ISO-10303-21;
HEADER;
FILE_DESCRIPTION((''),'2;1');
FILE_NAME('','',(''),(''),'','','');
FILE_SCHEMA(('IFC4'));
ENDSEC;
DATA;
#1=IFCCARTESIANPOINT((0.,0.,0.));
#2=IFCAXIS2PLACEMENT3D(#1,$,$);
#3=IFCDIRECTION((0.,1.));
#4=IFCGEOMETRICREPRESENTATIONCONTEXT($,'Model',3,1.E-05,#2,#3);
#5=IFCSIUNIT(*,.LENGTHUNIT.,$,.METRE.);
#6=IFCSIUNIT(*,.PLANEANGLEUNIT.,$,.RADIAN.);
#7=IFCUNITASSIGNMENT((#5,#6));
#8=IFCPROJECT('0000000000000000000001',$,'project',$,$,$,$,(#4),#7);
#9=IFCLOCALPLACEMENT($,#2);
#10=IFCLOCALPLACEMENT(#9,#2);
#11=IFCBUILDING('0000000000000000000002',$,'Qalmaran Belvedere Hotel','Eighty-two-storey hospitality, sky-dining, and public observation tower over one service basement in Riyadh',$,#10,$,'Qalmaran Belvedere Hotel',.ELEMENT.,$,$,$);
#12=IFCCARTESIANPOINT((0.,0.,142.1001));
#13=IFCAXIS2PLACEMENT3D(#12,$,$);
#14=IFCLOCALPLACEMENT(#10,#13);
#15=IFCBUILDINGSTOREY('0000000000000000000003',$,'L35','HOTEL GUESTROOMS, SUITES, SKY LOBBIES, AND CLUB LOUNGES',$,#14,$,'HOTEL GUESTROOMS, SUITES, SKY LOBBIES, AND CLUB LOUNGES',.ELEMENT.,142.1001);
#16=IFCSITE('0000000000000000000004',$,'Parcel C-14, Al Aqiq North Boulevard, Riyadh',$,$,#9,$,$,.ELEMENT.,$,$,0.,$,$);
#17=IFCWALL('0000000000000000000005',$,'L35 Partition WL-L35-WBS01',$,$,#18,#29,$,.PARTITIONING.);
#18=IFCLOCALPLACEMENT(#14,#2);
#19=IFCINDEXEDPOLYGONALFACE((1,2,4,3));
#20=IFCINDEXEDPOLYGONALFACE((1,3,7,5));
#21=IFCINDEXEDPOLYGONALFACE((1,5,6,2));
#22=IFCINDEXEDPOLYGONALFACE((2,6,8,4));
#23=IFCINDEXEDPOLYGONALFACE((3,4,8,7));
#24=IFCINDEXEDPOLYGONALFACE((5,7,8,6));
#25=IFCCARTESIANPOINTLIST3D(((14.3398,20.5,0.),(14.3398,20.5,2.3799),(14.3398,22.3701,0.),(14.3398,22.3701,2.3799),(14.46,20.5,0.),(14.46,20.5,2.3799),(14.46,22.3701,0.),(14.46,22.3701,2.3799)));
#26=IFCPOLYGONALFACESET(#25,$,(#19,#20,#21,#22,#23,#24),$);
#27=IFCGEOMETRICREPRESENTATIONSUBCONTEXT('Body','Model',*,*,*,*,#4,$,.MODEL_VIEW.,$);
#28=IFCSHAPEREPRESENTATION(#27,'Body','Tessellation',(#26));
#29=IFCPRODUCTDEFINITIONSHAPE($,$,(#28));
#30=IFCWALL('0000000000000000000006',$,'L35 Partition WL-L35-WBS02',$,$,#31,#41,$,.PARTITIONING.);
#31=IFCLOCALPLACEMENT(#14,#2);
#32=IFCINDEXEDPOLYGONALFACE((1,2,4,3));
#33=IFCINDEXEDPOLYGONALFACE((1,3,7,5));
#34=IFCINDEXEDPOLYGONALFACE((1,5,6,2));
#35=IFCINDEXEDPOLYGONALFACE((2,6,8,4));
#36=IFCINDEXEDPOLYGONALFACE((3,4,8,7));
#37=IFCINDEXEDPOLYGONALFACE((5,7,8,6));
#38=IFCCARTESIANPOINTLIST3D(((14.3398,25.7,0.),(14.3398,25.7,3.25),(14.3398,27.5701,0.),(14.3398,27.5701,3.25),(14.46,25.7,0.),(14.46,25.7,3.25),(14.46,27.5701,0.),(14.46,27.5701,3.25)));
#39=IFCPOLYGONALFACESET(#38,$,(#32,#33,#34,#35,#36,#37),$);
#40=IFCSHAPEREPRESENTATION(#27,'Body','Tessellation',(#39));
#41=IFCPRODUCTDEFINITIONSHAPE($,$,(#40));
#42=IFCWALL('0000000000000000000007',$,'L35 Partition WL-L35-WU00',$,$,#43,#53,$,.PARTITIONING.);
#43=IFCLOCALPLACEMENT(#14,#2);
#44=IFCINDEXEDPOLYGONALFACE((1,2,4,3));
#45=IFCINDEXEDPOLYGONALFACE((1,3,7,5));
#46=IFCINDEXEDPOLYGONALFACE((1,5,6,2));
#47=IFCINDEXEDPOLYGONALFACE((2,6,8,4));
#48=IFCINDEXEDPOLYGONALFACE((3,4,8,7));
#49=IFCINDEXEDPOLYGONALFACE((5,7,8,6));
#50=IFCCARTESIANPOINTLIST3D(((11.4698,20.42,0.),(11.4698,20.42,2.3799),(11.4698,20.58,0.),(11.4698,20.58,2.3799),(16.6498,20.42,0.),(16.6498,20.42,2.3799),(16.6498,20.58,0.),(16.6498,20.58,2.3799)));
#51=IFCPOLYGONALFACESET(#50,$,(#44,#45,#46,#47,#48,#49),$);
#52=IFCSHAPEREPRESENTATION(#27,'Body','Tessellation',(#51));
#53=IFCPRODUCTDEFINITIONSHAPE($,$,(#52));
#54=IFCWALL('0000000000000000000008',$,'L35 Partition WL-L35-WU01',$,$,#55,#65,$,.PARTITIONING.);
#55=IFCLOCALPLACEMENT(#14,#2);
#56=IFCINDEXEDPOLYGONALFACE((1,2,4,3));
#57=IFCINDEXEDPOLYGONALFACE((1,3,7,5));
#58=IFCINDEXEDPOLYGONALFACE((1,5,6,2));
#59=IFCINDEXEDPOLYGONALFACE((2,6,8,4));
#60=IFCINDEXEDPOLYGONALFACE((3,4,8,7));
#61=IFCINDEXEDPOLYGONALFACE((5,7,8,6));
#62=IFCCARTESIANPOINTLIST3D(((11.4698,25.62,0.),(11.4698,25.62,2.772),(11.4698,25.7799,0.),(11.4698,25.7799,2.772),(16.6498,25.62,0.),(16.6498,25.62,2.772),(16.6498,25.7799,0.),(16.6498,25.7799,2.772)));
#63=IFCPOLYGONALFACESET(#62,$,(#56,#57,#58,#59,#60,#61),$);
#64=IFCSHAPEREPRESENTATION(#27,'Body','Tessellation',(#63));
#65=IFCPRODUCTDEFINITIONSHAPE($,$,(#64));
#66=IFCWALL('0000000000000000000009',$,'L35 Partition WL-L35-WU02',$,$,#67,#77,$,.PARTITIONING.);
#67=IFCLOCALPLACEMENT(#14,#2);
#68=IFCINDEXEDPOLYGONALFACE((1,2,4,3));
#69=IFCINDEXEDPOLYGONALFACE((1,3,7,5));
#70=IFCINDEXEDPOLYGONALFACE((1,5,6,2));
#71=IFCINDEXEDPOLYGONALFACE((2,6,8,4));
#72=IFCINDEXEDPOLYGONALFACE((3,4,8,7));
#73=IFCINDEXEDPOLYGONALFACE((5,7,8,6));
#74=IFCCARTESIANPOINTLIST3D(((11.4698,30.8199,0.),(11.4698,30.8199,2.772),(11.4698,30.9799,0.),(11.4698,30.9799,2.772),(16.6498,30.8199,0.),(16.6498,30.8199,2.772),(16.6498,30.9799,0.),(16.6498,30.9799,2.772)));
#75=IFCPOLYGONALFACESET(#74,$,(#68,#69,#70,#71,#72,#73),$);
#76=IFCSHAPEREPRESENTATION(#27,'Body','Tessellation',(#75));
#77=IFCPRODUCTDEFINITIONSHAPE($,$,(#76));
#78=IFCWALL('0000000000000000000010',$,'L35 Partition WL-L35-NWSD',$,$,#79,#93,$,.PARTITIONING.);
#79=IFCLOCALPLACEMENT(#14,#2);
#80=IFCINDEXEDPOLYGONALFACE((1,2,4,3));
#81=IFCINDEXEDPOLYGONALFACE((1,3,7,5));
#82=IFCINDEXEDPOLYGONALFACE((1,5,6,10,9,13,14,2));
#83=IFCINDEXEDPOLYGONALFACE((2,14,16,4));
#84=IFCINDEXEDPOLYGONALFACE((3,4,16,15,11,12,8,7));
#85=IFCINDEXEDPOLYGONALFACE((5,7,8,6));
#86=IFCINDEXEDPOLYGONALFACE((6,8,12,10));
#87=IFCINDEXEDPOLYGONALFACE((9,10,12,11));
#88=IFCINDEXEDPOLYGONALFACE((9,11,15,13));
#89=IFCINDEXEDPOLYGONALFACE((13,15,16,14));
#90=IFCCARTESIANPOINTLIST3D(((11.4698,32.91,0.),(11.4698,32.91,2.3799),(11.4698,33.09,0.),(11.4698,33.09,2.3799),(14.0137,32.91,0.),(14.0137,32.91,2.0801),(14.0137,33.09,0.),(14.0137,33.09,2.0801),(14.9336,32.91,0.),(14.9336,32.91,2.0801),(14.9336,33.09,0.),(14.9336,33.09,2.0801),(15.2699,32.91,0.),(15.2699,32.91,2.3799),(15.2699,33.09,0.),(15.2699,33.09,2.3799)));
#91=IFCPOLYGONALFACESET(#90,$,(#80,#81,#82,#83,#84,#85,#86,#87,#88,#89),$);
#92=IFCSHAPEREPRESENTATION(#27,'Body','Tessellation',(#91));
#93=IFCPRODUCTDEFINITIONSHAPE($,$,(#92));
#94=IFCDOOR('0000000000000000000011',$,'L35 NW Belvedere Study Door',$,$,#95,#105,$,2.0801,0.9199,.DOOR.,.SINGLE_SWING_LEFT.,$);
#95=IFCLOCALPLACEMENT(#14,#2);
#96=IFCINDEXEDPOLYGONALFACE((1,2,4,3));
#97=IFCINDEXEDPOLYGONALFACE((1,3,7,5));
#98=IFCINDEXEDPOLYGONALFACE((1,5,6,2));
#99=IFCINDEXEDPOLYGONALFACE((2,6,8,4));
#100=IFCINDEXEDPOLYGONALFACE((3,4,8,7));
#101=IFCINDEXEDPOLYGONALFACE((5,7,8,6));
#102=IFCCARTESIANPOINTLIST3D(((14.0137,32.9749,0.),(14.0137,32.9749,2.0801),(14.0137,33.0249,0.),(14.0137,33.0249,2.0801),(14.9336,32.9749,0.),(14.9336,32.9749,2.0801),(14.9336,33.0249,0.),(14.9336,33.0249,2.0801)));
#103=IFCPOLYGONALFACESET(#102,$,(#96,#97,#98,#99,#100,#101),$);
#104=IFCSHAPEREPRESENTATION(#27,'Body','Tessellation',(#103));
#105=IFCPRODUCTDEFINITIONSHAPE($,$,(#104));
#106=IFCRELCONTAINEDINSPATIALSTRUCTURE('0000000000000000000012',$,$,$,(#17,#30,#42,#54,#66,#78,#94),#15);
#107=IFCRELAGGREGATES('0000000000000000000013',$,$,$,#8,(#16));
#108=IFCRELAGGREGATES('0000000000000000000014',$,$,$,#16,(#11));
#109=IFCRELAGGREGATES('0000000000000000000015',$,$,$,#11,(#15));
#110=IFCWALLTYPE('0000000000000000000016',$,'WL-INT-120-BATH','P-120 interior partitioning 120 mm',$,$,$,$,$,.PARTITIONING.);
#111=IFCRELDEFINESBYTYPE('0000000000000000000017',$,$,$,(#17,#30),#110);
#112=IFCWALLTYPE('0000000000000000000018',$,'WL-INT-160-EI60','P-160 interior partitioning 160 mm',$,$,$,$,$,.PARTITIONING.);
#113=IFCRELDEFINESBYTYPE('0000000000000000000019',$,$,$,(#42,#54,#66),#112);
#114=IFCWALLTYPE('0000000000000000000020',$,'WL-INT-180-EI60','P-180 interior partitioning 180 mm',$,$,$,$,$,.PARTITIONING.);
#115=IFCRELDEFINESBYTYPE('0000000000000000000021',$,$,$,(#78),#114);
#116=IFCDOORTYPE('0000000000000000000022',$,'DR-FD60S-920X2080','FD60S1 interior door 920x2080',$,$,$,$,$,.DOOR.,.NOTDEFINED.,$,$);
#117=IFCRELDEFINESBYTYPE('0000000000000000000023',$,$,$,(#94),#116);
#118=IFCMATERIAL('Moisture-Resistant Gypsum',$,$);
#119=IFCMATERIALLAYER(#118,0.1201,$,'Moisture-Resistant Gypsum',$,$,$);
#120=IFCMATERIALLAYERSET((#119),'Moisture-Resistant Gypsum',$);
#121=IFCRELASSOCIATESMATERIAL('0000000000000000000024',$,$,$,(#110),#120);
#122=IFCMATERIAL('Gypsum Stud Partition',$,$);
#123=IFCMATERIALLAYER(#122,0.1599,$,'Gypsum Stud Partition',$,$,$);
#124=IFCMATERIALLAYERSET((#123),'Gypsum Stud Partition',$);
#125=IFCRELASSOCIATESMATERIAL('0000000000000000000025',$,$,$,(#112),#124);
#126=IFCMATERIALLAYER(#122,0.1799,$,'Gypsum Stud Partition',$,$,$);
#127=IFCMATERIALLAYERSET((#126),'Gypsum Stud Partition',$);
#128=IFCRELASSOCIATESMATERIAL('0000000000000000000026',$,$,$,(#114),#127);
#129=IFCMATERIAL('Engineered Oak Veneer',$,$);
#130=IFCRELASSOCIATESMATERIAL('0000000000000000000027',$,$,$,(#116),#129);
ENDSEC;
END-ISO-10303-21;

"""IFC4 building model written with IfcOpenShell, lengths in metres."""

from ifc_helpers import new_model, si_unit, direction, frame, frame_2d, origin, place, context, subcontext, project, spatial, rectangle, extrude, material, layer, layer_set, type_object, element, fill, save


model = new_model("IFC4")

# Units and contexts
model_context = context("Model", 3, precision=1e-05, world=origin(), true_north=direction((0.0, 1.0)))
body_context = subcontext(model_context, "Body", "Model", "MODEL_VIEW")
ifc_project = project(units=[si_unit("LENGTHUNIT", "METRE"), si_unit("PLANEANGLEUNIT", "RADIAN")], contexts=[model_context])

# Site, building, storey
site_placement = place(None, origin())
site = spatial("IfcSite", under=ifc_project, at=site_placement, Name="Parcel C-14, Al Aqiq North Boulevard, Riyadh", CompositionType="ELEMENT", RefElevation=0.0)
building_placement = place(site_placement, origin())
building = spatial("IfcBuilding", under=site, at=building_placement, Name="Qalmaran Belvedere Hotel", Description="Eighty-two-storey hospitality, sky-dining, and public observation tower over one service basement in Riyadh", LongName="Qalmaran Belvedere Hotel", CompositionType="ELEMENT")
storey_placement = place(building_placement, frame((0.0, 0.0, 142.1001)))
storey = spatial("IfcBuildingStorey", under=building, at=storey_placement, Name="L35", Description="HOTEL GUESTROOMS, SUITES, SKY LOBBIES, AND CLUB LOUNGES", LongName="HOTEL GUESTROOMS, SUITES, SKY LOBBIES, AND CLUB LOUNGES", CompositionType="ELEMENT", Elevation=142.1001)

# Shared definitions
ifc_material_1 = material(Name="Moisture-Resistant Gypsum")
ifc_layer_1 = layer(ifc_material_1, 0.1201, Name="Moisture-Resistant Gypsum")
ifc_layer_set_1 = layer_set([ifc_layer_1], Name="Moisture-Resistant Gypsum")
wall_type_1 = type_object("IfcWallType", Name="WL-INT-120-BATH", Description="P-120 interior partitioning 120 mm", PredefinedType="PARTITIONING", material=ifc_layer_set_1)
ifc_material_2 = material(Name="Engineered Oak Veneer")

# Walls
wall_1_placement = place(storey_placement, frame((14.3999, 20.5, 0.0), z_axis=(0.0, 0.0, 1.0), x_axis=(0.0, 1.0, 0.0)))
element("IfcWall", 1, at=wall_1_placement, inside=storey, type_object=wall_type_1, Name="L35 Partition WL-L35-WBS01", PredefinedType="PARTITIONING", context=body_context, shape_type="SweptSolid", body=[
    extrude(rectangle(XDim=1.8701, YDim=0.1201, at=frame_2d((0.9351, 0.0))), origin(), (0.0, 0.0, 1.0), 2.3799),
])
wall_2_placement = place(storey_placement, frame((14.3999, 25.7, 0.0), z_axis=(0.0, 0.0, 1.0), x_axis=(0.0, 1.0, 0.0)))
element("IfcWall", 2, at=wall_2_placement, inside=storey, type_object=wall_type_1, Name="L35 Partition WL-L35-WBS02", PredefinedType="PARTITIONING", context=body_context, shape_type="SweptSolid", body=[
    extrude(rectangle(XDim=1.8701, YDim=0.1201, at=frame_2d((0.9351, 0.0))), origin(), (0.0, 0.0, 1.0), 3.25),
])
ifc_material_3 = material(Name="Gypsum Stud Partition")
ifc_layer_2 = layer(ifc_material_3, 0.1599, Name="Gypsum Stud Partition")
ifc_layer_set_2 = layer_set([ifc_layer_2], Name="Gypsum Stud Partition")
wall_type_2 = type_object("IfcWallType", Name="WL-INT-160-EI60", Description="P-160 interior partitioning 160 mm", PredefinedType="PARTITIONING", material=ifc_layer_set_2)
wall_3_placement = place(storey_placement, frame((11.47, 20.5, 0.0), z_axis=(0.0, 0.0, 1.0), x_axis=(1.0, 0.0, 0.0)))
element("IfcWall", 3, at=wall_3_placement, inside=storey, type_object=wall_type_2, Name="L35 Partition WL-L35-WU00", PredefinedType="PARTITIONING", context=body_context, shape_type="SweptSolid", body=[
    extrude(rectangle(XDim=5.1799, YDim=0.1599, at=frame_2d((2.5898, 0.0))), origin(), (0.0, 0.0, 1.0), 2.3799),
])
for number, where, z_axis, x_axis, name in (
    (4, (11.47, 25.7, 0.0), (0.0, 0.0, 1.0), (1.0, 0.0, 0.0), "L35 Partition WL-L35-WU01"),
    (5, (11.47, 30.8999, 0.0), (0.0, 0.0, 1.0), (1.0, 0.0, 0.0), "L35 Partition WL-L35-WU02"),
):
    element("IfcWall", number, at=place(storey_placement, frame(where, z_axis=z_axis, x_axis=x_axis)), inside=storey, type_object=wall_type_2, Name=name, PredefinedType="PARTITIONING", context=body_context, shape_type="SweptSolid", body=[
        extrude(rectangle(XDim=5.1799, YDim=0.1599, at=frame_2d((2.5898, 0.0))), origin(), (0.0, 0.0, 1.0), 2.772),
    ])

# Wall, opening, door
ifc_layer_3 = layer(ifc_material_3, 0.1799, Name="Gypsum Stud Partition")
ifc_layer_set_3 = layer_set([ifc_layer_3], Name="Gypsum Stud Partition")
wall_type_3 = type_object("IfcWallType", Name="WL-INT-180-EI60", Description="P-180 interior partitioning 180 mm", PredefinedType="PARTITIONING", material=ifc_layer_set_3)
wall_4_placement = place(storey_placement, frame((11.47, 33.0, 0.0), z_axis=(0.0, 0.0, 1.0), x_axis=(1.0, 0.0, 0.0)))
wall_4 = element("IfcWall", 6, at=wall_4_placement, inside=storey, type_object=wall_type_3, Name="L35 Partition WL-L35-NWSD", PredefinedType="PARTITIONING", context=body_context, shape_type="SweptSolid", body=[
    extrude(rectangle(XDim=3.8, YDim=0.1799, at=frame_2d((1.8999, 0.0))), origin(), (0.0, 0.0, 1.0), 2.3799),
])
opening_1_placement = place(wall_4_placement, frame((2.5437, 0.0, 0.0)))
opening_1 = element("IfcOpeningElement", 7, at=opening_1_placement, cuts=wall_4, PredefinedType="OPENING", context=body_context, shape_type="SweptSolid", body=[
    extrude(rectangle(XDim=0.9199, YDim=2.0801, at=frame_2d((0.46, 1.04))), frame((0.0, 0.1001, 0.0), z_axis=(0.0, -1.0, 0.0), x_axis=(1.0, 0.0, 0.0)), (0.0, 0.0, 1.0), 0.2),
])
door_type_1 = type_object("IfcDoorType", Name="DR-FD60S-920X2080", Description="FD60S1 interior door 920x2080", OperationType="NOTDEFINED", PredefinedType="DOOR", material=ifc_material_2)
door_1_placement = place(opening_1_placement, origin())
door_1 = element("IfcDoor", 8, at=door_1_placement, inside=storey, type_object=door_type_1, Name="L35 NW Belvedere Study Door", OperationType="SINGLE_SWING_LEFT", OverallHeight=2.0801, OverallWidth=0.9199, PredefinedType="DOOR", context=body_context, shape_type="SweptSolid", body=[
    extrude(rectangle(XDim=0.9199, YDim=2.0801, at=frame_2d((0.46, 1.04))), frame((0.0, 0.0249, 0.0), z_axis=(0.0, -1.0, 0.0), x_axis=(1.0, 0.0, 0.0)), (0.0, 0.0, 1.0), 0.05),
])
fill(opening_1, door_1)

save(model, "model.ifc")
